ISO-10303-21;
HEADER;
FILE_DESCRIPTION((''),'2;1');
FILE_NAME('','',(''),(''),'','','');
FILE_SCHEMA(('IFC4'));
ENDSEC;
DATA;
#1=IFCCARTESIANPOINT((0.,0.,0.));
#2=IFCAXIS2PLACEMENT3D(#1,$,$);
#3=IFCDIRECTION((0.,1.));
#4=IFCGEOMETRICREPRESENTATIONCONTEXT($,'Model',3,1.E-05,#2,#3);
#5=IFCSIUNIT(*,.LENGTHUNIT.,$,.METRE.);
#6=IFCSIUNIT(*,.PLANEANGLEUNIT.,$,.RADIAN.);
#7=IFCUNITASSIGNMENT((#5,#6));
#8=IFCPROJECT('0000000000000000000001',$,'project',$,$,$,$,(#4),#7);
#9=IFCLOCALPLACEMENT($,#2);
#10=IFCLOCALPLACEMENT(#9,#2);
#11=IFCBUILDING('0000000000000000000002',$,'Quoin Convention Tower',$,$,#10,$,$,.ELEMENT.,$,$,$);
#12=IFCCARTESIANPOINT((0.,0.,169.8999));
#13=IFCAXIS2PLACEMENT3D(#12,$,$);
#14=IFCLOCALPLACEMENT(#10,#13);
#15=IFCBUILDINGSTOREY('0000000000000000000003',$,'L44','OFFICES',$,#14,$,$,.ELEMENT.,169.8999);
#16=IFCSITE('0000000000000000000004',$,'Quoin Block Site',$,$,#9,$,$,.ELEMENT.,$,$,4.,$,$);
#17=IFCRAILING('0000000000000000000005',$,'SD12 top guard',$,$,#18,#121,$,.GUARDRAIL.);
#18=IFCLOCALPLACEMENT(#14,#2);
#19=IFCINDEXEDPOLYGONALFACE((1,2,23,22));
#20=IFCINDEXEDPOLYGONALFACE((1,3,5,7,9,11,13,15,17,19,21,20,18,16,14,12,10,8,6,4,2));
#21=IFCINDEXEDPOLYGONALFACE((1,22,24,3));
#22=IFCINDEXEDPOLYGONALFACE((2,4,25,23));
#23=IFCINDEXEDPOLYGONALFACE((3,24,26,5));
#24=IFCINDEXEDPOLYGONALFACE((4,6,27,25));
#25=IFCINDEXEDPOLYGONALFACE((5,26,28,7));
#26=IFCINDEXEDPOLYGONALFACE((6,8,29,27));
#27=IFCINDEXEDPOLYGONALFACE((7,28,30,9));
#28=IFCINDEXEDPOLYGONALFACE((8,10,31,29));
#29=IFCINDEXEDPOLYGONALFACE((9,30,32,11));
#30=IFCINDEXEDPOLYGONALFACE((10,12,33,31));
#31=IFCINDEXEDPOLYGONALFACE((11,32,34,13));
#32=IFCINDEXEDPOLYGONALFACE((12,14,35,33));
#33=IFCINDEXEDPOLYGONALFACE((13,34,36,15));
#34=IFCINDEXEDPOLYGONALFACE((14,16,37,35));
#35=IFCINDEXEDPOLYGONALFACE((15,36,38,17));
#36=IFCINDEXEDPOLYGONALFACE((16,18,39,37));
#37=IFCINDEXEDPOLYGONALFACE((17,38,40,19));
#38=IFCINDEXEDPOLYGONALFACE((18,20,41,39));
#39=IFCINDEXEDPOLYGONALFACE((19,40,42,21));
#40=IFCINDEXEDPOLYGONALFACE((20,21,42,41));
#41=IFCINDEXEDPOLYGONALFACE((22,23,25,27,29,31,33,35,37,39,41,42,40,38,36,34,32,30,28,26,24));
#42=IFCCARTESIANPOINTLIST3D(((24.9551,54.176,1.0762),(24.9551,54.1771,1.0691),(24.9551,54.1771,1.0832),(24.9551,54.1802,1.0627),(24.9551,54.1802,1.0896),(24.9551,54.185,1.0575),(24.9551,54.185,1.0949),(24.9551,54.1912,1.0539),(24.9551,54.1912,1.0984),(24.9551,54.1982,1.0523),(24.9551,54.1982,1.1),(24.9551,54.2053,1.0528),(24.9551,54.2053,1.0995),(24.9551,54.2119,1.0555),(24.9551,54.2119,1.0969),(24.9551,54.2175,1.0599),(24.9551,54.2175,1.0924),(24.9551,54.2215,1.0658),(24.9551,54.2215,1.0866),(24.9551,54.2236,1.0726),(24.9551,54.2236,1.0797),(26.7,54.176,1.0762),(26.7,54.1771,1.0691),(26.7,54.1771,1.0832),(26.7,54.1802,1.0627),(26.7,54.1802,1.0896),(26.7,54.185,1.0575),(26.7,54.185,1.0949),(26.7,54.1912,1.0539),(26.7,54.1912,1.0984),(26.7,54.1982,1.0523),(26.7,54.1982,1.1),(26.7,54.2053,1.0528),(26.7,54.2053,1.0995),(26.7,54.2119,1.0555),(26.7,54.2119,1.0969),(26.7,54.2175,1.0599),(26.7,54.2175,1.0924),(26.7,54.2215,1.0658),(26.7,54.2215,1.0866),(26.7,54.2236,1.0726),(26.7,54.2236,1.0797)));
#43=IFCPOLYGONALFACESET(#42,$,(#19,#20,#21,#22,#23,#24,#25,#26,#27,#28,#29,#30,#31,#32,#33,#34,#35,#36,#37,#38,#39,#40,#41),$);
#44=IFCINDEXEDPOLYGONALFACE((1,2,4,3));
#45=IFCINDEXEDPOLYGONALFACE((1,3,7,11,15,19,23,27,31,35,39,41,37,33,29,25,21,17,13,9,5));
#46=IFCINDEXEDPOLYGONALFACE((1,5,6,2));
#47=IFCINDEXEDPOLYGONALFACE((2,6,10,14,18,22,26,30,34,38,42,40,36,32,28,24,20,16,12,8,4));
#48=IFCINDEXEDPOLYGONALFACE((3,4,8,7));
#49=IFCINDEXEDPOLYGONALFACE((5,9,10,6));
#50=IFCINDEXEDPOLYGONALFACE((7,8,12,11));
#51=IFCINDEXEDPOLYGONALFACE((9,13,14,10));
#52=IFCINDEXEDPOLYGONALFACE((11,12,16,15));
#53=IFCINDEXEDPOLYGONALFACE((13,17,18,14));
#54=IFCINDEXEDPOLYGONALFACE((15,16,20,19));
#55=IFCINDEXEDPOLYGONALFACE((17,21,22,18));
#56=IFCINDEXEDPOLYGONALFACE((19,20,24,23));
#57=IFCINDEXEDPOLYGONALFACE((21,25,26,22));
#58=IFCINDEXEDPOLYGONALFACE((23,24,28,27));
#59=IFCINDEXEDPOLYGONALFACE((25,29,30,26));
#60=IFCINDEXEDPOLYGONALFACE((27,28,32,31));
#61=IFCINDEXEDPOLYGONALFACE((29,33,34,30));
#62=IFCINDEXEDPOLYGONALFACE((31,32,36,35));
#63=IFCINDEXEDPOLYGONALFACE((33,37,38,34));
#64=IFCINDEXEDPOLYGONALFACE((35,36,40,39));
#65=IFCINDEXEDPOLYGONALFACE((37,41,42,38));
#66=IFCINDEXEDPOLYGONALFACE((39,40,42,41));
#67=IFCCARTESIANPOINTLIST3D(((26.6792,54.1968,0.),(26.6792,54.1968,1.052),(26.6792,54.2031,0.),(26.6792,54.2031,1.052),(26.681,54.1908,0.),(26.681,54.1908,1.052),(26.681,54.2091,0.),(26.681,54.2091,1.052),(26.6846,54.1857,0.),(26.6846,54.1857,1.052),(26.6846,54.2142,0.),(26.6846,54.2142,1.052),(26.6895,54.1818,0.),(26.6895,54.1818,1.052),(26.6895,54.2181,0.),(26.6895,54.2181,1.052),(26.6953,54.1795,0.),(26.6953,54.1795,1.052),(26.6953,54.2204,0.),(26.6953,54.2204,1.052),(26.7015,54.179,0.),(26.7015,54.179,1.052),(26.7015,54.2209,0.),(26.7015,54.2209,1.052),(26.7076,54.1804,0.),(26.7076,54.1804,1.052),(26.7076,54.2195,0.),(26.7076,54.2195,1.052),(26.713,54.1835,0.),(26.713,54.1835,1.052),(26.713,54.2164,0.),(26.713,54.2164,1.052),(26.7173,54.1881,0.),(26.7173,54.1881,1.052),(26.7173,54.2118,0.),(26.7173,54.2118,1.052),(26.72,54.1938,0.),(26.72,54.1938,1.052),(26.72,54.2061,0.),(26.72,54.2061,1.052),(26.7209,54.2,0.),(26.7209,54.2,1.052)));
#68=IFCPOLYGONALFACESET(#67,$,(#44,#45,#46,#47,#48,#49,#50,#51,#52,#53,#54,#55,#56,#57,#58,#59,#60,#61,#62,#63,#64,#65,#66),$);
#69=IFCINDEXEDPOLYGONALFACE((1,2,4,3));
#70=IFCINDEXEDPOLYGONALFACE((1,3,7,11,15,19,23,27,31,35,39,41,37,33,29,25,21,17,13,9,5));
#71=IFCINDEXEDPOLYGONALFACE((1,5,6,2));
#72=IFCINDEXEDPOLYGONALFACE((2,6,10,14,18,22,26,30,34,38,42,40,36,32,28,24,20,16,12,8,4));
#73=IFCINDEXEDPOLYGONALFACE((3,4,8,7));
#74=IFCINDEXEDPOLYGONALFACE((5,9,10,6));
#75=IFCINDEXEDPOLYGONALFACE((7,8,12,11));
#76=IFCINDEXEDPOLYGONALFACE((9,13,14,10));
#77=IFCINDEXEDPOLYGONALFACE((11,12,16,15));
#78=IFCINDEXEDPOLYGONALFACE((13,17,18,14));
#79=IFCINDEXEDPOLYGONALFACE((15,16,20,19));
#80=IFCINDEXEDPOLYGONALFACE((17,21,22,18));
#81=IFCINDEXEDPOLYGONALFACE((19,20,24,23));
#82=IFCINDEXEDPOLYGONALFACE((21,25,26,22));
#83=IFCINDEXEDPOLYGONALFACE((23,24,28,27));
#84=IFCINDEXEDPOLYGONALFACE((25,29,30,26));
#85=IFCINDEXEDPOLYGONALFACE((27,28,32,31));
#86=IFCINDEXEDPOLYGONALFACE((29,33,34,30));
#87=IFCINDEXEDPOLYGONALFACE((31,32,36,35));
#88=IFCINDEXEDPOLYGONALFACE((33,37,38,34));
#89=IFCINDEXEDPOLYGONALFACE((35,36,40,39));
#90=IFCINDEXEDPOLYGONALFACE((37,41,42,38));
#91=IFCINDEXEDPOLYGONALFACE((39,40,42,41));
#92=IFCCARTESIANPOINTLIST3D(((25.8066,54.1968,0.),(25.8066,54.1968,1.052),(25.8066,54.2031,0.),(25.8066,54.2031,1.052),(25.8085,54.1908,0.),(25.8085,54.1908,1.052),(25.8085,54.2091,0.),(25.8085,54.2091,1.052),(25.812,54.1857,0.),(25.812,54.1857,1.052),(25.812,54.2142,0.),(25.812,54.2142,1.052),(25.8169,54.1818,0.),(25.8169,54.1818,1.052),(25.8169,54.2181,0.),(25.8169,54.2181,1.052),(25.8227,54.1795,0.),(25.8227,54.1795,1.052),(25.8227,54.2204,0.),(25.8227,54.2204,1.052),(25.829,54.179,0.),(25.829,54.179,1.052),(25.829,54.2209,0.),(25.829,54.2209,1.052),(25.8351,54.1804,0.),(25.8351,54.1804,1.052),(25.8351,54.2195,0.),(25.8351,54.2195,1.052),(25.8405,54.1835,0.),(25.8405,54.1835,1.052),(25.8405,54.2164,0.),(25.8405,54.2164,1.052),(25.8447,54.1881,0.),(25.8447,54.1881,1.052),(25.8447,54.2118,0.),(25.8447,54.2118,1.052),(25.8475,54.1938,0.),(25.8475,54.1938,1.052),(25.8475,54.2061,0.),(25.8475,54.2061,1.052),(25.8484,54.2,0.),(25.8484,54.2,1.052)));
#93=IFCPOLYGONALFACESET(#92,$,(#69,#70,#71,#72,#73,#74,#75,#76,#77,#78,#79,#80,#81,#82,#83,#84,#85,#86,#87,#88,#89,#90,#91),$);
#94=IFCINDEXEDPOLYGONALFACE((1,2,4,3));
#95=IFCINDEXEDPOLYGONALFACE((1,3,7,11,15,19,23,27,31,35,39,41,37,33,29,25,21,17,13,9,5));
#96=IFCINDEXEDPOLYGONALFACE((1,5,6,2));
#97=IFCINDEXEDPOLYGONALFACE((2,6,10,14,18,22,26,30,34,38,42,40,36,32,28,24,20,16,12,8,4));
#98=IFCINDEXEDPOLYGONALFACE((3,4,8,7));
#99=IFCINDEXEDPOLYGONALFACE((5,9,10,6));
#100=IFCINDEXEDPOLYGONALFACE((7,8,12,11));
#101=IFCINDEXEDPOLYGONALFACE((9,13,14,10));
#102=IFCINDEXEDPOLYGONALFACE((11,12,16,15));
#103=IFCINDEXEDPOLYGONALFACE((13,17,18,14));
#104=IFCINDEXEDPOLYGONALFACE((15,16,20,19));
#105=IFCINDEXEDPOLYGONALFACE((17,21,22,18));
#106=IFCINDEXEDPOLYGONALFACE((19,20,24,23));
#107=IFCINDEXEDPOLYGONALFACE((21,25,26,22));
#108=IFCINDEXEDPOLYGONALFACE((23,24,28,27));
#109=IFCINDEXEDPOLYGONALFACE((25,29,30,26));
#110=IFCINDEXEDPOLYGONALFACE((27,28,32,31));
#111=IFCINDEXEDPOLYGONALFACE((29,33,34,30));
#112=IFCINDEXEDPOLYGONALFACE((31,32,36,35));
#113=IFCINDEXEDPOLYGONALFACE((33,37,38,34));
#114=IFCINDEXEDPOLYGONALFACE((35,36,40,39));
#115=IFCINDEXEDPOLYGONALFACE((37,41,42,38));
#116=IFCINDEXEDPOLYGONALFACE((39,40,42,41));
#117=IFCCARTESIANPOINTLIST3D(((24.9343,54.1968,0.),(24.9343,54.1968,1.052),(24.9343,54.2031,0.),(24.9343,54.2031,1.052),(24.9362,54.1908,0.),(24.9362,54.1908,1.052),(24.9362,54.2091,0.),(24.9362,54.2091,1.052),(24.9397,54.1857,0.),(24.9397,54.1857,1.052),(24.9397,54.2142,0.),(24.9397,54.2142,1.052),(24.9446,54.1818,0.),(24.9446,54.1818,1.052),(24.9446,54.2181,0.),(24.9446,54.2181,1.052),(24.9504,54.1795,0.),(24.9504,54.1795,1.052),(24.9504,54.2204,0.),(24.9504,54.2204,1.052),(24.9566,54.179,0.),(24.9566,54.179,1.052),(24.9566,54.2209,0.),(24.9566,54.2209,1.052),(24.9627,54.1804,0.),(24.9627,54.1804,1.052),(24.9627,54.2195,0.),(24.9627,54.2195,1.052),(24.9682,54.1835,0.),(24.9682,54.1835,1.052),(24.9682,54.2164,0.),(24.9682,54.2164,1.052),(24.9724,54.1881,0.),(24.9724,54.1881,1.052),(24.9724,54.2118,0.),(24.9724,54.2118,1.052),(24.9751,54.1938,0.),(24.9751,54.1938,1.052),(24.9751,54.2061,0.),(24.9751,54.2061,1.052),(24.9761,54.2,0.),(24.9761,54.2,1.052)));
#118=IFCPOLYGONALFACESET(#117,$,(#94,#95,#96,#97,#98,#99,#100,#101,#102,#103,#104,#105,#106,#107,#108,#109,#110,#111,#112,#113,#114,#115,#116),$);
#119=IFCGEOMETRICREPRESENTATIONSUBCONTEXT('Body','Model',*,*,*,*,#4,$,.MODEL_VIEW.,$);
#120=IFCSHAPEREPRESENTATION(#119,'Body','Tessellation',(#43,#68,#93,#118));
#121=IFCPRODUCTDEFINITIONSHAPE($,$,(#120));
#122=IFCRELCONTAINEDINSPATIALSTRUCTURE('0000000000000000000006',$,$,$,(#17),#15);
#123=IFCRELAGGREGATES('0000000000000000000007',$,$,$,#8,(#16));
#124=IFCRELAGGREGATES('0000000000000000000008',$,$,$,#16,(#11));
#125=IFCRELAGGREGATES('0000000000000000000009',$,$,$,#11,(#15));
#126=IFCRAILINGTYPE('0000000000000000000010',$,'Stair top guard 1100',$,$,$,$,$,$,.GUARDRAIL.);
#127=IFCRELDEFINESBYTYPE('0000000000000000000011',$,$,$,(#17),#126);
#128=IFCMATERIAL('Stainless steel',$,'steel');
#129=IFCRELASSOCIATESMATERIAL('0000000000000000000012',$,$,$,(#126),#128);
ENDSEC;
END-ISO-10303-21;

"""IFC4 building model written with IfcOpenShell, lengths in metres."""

from ifc_helpers import new_model, si_unit, direction, frame, origin, origin_2d, place, context, subcontext, project, spatial, circle, extrude, material, type_object, element, save


model = new_model("IFC4")

# Units and contexts
model_context = context("Model", 3, precision=1e-05, world=origin(), true_north=direction((0.0, 1.0)))
body_context = subcontext(model_context, "Body", "Model", "MODEL_VIEW")
ifc_project = project(units=[si_unit("LENGTHUNIT", "METRE"), si_unit("PLANEANGLEUNIT", "RADIAN")], contexts=[model_context])

# Site, building, storey
site_placement = place(None, origin())
site = spatial("IfcSite", under=ifc_project, at=site_placement, Name="Quoin Block Site", CompositionType="ELEMENT", RefElevation=4.0)
building_placement = place(site_placement, origin())
building = spatial("IfcBuilding", under=site, at=building_placement, Name="Quoin Convention Tower", CompositionType="ELEMENT")
storey_placement = place(building_placement, frame((0.0, 0.0, 169.8999)))
storey = spatial("IfcBuildingStorey", under=building, at=storey_placement, Name="L44", Description="OFFICES", CompositionType="ELEMENT", Elevation=169.8999)

# Railing
ifc_material_1 = material(Name="Stainless steel", Category="steel")
railing_type_1 = type_object("IfcRailingType", Name="Stair top guard 1100", PredefinedType="GUARDRAIL", material=ifc_material_1)
railing_1_placement = place(storey_placement, frame((26.7, 54.2, 0.0)))
element("IfcRailing", 1, at=railing_1_placement, inside=storey, type_object=railing_type_1, Name="SD12 top guard", PredefinedType="GUARDRAIL", context=body_context, shape_type="SweptSolid", body=[
    extrude(circle(Radius=0.0239, at=origin_2d()), frame((0.0, 0.0, 1.0762), z_axis=(-1.0, 0.0, 0.0), x_axis=(0.0, -1.0, 0.0)), (0.0, 0.0, 1.0), 1.7449),
    extrude(circle(Radius=0.021, at=origin_2d()), origin(), (0.0, 0.0, 1.0), 1.052),
    extrude(circle(Radius=0.021, at=origin_2d()), frame((-0.8726, 0.0, 0.0)), (0.0, 0.0, 1.0), 1.052),
    extrude(circle(Radius=0.021, at=origin_2d()), frame((-1.7449, 0.0, 0.0)), (0.0, 0.0, 1.0), 1.052),
])

save(model, "model.ifc")
